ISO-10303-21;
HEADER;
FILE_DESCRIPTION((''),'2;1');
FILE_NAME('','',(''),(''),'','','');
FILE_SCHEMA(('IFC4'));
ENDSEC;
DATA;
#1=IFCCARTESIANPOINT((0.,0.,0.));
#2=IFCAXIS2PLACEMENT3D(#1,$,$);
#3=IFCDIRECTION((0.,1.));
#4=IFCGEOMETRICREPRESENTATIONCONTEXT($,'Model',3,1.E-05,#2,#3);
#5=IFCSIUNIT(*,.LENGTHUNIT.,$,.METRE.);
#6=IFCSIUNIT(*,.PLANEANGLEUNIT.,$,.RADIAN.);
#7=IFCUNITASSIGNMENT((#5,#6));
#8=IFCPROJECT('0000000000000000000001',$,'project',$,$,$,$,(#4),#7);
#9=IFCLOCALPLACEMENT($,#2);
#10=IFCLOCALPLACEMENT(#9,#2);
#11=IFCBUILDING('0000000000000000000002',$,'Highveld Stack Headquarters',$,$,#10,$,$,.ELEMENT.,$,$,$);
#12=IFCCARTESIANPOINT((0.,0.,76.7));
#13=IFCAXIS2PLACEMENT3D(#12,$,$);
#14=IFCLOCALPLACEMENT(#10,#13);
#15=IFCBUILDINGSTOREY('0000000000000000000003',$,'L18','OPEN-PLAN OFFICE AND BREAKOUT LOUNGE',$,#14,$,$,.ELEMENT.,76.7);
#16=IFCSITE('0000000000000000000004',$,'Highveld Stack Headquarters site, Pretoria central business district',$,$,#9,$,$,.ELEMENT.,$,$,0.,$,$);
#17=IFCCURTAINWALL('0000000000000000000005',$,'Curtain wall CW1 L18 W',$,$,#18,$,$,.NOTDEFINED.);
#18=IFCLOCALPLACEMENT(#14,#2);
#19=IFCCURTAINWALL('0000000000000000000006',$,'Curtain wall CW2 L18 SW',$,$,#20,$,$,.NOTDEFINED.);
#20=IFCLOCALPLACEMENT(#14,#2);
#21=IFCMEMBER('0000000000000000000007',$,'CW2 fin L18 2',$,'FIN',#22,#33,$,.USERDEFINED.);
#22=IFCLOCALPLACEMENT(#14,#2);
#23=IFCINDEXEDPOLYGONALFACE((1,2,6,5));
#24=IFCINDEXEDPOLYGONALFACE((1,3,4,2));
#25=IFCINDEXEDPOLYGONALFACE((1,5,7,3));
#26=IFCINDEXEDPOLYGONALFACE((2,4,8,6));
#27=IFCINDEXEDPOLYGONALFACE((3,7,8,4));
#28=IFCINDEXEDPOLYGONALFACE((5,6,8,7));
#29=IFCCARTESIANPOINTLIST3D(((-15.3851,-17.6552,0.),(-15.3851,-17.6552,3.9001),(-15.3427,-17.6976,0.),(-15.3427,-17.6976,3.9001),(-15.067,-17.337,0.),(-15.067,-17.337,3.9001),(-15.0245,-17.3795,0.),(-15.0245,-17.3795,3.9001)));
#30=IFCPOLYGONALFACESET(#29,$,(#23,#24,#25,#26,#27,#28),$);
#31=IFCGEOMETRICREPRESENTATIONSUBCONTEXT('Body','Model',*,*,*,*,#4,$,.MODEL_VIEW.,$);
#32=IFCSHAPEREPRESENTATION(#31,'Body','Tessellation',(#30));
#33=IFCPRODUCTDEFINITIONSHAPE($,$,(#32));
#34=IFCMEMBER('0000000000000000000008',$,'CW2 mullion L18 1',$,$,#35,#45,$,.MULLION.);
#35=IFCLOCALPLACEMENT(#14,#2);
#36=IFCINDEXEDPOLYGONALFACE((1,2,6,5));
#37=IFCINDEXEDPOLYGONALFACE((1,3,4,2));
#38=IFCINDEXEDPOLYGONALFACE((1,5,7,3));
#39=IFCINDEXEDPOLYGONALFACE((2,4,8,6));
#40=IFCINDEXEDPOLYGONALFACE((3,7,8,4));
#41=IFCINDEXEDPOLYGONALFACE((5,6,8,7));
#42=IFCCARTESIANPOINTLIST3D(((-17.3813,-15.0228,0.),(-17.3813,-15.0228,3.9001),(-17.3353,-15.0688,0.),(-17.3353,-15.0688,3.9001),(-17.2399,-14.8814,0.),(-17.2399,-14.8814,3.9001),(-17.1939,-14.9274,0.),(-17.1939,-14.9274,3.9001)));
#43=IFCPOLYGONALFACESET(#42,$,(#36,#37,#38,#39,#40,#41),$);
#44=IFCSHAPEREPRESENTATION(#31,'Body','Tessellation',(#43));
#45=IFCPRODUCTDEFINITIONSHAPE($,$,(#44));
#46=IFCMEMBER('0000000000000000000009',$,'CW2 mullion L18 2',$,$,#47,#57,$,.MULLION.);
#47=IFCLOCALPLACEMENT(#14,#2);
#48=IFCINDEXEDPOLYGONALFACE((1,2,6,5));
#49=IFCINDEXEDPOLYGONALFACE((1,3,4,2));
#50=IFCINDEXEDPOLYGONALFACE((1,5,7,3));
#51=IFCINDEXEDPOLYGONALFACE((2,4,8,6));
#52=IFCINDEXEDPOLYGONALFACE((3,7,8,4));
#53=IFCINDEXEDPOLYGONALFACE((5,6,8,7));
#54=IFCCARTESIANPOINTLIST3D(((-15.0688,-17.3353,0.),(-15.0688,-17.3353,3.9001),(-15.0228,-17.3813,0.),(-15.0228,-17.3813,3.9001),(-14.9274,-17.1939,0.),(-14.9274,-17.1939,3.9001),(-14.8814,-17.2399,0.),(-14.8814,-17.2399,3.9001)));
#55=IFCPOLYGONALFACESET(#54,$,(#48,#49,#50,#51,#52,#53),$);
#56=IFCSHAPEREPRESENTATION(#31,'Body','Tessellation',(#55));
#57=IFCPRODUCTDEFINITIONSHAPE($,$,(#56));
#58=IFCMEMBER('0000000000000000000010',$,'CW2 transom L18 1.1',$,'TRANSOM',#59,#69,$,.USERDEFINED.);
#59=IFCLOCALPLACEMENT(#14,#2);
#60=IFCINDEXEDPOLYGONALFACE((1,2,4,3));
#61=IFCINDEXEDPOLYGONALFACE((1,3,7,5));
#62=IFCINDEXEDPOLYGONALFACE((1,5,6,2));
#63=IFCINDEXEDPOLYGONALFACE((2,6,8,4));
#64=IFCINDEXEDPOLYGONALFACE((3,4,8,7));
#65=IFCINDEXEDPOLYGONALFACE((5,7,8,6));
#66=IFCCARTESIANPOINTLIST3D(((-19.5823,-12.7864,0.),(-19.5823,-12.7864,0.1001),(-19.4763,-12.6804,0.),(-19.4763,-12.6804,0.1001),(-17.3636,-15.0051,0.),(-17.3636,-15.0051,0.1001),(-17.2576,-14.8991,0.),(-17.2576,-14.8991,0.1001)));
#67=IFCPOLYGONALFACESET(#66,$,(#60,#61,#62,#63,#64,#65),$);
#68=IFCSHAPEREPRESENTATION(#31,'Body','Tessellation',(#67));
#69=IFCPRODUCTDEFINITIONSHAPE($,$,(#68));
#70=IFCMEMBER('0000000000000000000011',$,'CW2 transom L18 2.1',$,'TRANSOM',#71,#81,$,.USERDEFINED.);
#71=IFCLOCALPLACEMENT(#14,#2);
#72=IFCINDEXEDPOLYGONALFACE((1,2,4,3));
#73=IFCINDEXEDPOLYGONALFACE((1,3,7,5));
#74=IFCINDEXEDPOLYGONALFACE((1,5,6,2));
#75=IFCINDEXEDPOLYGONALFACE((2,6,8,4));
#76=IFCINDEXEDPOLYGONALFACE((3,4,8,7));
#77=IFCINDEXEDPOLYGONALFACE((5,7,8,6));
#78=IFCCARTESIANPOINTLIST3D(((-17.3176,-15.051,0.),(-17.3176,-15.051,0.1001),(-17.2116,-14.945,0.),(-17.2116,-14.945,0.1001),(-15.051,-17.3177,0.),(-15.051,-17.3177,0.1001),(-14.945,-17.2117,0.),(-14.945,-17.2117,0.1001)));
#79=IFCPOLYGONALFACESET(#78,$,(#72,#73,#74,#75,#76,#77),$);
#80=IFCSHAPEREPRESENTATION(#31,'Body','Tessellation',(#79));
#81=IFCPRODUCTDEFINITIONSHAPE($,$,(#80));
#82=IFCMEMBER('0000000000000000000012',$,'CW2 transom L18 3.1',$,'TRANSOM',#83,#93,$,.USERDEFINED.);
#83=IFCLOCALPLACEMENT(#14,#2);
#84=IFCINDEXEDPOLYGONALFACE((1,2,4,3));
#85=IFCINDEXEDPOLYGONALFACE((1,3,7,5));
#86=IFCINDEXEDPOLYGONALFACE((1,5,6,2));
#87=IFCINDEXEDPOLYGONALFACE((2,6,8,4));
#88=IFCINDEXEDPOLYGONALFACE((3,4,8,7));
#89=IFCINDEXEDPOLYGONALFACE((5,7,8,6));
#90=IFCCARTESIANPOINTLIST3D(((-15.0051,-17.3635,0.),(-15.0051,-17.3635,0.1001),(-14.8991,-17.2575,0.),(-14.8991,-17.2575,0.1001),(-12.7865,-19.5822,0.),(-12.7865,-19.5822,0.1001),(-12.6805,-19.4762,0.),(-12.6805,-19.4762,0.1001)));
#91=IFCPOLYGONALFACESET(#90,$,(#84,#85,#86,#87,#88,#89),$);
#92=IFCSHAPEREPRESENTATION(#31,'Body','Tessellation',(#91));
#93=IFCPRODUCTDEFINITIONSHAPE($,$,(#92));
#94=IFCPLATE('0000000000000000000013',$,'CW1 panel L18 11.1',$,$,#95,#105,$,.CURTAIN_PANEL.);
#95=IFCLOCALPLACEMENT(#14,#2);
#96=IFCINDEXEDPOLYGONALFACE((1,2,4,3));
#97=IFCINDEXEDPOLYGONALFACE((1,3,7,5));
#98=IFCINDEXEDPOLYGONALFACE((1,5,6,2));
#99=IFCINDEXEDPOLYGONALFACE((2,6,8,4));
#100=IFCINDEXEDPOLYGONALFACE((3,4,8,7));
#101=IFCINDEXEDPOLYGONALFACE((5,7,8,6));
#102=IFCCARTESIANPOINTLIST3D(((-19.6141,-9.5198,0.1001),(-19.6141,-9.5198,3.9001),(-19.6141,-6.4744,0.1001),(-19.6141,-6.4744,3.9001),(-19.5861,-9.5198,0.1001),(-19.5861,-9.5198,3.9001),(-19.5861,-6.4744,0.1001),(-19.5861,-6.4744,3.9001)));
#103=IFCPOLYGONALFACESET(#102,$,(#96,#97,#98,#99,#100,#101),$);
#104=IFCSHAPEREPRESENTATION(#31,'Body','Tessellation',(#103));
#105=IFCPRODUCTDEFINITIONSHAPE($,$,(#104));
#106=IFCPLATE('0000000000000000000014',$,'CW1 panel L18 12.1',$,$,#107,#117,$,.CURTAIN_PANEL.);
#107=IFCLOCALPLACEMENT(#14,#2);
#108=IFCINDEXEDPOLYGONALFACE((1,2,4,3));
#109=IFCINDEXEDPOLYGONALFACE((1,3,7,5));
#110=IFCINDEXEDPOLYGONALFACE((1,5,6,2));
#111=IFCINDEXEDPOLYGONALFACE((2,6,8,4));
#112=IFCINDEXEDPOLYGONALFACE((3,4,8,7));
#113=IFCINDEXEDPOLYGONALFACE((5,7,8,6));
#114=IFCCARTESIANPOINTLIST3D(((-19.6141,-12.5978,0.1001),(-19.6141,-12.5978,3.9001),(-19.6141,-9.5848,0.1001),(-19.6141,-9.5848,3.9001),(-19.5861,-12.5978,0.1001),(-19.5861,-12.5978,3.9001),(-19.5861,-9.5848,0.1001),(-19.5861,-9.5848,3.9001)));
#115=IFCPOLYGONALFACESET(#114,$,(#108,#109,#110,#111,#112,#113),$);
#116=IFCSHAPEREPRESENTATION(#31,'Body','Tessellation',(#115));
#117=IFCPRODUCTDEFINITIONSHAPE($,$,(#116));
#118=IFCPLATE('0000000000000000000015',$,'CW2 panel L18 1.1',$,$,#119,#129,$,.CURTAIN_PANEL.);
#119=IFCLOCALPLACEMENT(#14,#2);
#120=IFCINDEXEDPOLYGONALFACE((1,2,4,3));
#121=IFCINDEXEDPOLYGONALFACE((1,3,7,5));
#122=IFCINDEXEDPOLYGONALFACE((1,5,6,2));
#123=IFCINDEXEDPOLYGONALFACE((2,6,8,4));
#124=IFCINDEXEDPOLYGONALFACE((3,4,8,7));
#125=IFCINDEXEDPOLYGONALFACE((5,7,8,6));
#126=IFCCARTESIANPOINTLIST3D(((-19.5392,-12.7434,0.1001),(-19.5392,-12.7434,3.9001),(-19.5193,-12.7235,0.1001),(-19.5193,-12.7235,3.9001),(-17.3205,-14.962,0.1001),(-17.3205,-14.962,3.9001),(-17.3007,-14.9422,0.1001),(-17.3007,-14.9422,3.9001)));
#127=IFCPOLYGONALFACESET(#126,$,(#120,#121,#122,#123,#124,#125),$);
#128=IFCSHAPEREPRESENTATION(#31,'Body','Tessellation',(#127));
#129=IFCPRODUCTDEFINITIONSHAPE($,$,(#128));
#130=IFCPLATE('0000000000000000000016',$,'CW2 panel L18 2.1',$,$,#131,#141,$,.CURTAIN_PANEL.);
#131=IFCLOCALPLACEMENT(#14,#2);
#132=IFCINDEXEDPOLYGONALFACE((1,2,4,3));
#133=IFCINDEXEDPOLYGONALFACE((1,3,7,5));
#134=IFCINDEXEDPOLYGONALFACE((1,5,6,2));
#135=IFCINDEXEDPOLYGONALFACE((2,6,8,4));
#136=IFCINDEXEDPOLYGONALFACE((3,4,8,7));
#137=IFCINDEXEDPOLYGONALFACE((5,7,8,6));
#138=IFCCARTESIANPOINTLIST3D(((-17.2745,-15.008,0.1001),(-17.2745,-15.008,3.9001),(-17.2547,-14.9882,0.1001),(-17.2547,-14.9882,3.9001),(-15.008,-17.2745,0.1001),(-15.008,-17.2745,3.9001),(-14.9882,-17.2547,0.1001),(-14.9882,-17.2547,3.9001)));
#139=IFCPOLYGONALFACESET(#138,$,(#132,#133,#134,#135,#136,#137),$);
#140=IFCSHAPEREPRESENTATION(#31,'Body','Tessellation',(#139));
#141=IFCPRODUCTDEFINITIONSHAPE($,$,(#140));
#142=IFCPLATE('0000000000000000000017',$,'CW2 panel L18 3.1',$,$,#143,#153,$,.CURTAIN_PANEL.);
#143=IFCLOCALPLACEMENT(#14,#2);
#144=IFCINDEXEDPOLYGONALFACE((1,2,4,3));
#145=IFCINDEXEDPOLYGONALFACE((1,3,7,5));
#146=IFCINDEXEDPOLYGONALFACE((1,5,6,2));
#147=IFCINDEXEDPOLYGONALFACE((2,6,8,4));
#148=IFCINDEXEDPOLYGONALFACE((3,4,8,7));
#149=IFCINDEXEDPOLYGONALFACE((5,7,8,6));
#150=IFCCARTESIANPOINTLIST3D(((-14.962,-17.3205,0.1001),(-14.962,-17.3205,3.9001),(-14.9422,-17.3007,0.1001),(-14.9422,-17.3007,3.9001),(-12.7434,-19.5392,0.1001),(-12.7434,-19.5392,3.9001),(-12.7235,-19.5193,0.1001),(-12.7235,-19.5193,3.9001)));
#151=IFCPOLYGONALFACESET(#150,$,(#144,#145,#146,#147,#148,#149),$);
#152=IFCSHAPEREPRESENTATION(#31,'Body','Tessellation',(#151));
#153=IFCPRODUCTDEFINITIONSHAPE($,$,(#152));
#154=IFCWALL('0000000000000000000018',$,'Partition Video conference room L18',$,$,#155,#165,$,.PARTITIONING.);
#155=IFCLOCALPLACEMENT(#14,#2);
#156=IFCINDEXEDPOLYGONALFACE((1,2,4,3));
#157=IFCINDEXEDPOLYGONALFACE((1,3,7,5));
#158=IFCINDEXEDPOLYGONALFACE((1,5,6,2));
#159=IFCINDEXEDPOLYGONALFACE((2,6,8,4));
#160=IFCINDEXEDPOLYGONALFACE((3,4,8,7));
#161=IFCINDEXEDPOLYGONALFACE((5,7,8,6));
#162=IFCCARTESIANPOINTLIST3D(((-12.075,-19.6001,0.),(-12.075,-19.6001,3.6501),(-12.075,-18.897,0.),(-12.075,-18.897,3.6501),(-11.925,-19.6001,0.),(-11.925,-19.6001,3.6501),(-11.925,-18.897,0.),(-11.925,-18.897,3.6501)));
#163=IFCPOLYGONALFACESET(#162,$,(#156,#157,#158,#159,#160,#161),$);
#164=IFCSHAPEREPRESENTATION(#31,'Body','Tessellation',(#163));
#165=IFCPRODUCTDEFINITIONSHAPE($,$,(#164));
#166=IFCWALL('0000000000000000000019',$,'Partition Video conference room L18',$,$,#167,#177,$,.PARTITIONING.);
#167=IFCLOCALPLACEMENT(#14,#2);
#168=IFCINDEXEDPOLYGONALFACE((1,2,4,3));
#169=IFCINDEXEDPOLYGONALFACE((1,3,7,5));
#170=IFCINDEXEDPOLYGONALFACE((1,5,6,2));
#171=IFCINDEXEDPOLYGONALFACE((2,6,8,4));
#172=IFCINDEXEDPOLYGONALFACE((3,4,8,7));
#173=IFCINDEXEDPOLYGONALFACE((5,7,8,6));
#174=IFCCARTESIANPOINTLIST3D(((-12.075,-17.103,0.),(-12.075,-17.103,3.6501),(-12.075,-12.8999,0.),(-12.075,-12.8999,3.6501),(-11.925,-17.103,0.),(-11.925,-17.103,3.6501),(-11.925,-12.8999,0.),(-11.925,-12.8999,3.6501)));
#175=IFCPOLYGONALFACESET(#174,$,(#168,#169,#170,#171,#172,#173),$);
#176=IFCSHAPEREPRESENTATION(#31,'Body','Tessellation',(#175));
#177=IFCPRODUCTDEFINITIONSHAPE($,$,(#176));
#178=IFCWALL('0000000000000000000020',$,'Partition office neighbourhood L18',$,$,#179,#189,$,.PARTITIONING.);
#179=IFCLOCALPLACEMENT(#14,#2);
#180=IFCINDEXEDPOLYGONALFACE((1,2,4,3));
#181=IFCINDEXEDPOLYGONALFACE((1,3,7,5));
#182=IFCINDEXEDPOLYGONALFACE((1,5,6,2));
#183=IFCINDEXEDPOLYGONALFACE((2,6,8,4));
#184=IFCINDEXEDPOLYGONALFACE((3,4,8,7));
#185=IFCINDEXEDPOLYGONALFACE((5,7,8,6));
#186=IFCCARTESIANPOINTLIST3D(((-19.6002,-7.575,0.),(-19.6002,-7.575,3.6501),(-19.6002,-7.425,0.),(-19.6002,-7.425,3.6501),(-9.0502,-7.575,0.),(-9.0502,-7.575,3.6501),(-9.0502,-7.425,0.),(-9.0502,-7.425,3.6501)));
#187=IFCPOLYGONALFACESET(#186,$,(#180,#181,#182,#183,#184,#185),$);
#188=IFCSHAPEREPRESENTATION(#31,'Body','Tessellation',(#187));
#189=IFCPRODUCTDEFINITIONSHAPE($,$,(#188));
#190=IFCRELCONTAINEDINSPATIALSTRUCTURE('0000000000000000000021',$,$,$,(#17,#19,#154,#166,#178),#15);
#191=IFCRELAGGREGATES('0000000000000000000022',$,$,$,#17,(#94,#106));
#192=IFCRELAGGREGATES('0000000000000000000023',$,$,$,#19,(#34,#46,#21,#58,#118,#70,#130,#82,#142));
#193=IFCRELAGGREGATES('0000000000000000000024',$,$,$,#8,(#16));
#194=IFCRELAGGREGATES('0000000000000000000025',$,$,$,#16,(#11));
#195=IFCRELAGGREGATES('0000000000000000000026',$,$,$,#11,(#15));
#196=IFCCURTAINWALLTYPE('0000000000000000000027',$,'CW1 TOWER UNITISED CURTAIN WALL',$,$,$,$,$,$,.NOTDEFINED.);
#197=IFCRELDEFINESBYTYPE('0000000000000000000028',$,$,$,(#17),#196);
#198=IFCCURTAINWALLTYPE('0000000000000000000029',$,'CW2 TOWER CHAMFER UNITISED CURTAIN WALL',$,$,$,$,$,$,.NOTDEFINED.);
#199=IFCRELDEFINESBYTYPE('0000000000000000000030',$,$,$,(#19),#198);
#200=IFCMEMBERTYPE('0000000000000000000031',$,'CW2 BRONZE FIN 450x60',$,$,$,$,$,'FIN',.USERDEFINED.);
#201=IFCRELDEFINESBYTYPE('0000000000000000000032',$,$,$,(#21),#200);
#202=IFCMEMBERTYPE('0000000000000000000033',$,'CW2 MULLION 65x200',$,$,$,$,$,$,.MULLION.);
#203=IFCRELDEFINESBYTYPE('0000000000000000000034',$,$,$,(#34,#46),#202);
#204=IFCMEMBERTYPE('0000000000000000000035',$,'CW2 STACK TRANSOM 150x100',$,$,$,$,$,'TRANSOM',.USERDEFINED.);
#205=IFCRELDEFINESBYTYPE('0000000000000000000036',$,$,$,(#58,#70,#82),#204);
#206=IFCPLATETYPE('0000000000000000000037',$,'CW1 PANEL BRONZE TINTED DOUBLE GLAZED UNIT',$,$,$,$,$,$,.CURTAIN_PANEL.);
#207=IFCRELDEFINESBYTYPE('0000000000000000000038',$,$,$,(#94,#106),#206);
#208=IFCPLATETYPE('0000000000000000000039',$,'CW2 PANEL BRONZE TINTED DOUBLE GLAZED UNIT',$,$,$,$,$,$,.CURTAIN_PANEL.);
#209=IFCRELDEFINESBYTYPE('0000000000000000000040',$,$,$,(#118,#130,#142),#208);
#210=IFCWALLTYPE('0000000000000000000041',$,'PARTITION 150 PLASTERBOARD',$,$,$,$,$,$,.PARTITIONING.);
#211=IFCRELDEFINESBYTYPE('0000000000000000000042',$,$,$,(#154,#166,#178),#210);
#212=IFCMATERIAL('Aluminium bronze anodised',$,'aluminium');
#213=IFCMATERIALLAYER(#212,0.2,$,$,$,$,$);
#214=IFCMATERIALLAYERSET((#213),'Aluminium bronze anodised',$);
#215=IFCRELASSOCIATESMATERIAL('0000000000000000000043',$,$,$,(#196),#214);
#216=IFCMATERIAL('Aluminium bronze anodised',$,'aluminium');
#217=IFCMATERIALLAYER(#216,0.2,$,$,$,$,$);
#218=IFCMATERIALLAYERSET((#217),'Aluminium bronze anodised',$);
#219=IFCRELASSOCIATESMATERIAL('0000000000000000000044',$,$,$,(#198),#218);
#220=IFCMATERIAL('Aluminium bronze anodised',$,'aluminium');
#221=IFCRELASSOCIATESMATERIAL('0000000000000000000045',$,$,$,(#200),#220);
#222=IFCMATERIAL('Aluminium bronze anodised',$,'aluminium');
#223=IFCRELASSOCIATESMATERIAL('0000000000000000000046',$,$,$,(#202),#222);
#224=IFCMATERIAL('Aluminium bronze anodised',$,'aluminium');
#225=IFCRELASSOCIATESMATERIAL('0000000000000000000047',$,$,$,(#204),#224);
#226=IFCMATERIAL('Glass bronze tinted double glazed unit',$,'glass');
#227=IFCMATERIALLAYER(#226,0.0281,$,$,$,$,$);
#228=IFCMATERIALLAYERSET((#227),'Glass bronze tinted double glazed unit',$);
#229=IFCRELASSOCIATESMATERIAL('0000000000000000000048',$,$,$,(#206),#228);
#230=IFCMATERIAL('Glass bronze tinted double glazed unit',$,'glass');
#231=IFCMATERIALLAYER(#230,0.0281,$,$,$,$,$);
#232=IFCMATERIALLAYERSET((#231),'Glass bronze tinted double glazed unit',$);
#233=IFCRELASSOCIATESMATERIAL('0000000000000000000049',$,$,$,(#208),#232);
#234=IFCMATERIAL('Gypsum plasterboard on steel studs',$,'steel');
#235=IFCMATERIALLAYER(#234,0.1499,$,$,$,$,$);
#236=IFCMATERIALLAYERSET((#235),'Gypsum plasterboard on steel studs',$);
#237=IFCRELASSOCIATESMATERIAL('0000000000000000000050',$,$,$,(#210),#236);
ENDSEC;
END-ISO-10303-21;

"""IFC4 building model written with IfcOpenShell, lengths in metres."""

from ifc_helpers import new_model, si_unit, direction, frame, frame_2d, origin, origin_2d, place, context, subcontext, project, spatial, rectangle, extrude, material, layer, layer_set, material_profile, profile_set, type_object, element, aggregate, save


model = new_model("IFC4")

# Units and contexts
model_context = context("Model", 3, precision=1e-05, world=origin(), true_north=direction((0.0, 1.0)))
body_context = subcontext(model_context, "Body", "Model", "MODEL_VIEW")
ifc_project = project(units=[si_unit("LENGTHUNIT", "METRE"), si_unit("PLANEANGLEUNIT", "RADIAN")], contexts=[model_context])

# Site, building, storey
site_placement = place(None, origin())
site = spatial("IfcSite", under=ifc_project, at=site_placement, Name="Highveld Stack Headquarters site, Pretoria central business district", CompositionType="ELEMENT", RefElevation=0.0)
building_placement = place(site_placement, origin())
building = spatial("IfcBuilding", under=site, at=building_placement, Name="Highveld Stack Headquarters", CompositionType="ELEMENT")
storey_placement = place(building_placement, frame((0.0, 0.0, 76.7)))
storey = spatial("IfcBuildingStorey", under=building, at=storey_placement, Name="L18", Description="OPEN-PLAN OFFICE AND BREAKOUT LOUNGE", CompositionType="ELEMENT", Elevation=76.7)

# Shared definitions
ifc_material_1 = material(Name="Aluminium bronze anodised", Category="aluminium")
ifc_layer_1 = layer(ifc_material_1, 0.2)
ifc_layer_set_1 = layer_set([ifc_layer_1], Name="Aluminium bronze anodised")
curtain_wall_type_1 = type_object("IfcCurtainWallType", Name="CW1 TOWER UNITISED CURTAIN WALL", PredefinedType="NOTDEFINED", material=ifc_layer_set_1)

# Curtain wall
curtain_wall_1_placement = place(storey_placement, origin())
curtain_wall_1 = element("IfcCurtainWall", 1, at=curtain_wall_1_placement, inside=storey, type_object=curtain_wall_type_1, Name="Curtain wall CW1 L18 W", PredefinedType="NOTDEFINED")

# Curtain wall, members
ifc_material_2 = material(Name="Aluminium bronze anodised", Category="aluminium")
ifc_layer_2 = layer(ifc_material_2, 0.2)
ifc_layer_set_2 = layer_set([ifc_layer_2], Name="Aluminium bronze anodised")
curtain_wall_type_2 = type_object("IfcCurtainWallType", Name="CW2 TOWER CHAMFER UNITISED CURTAIN WALL", PredefinedType="NOTDEFINED", material=ifc_layer_set_2)
curtain_wall_2_placement = place(storey_placement, origin())
curtain_wall_2 = element("IfcCurtainWall", 2, at=curtain_wall_2_placement, inside=storey, type_object=curtain_wall_type_2, Name="Curtain wall CW2 L18 SW", PredefinedType="NOTDEFINED")
ifc_material_3 = material(Name="Aluminium bronze anodised", Category="aluminium")
ifc_material_profile_1 = material_profile(ifc_material_3, rectangle(XDim=0.45, YDim=0.0601, at=origin_2d()), Name="FIN 450x60")
ifc_profile_set_1 = profile_set([ifc_material_profile_1], Name="Aluminium bronze anodised")
member_type_1 = type_object("IfcMemberType", Name="CW2 BRONZE FIN 450x60", ElementType="FIN", PredefinedType="USERDEFINED", material=ifc_profile_set_1)
member_1_placement = place(storey_placement, frame((-15.2048, -17.5173, 0.0), z_axis=(0.0, 0.0, 1.0), x_axis=(0.707107, 0.707107, 0.0)))
member_1 = element("IfcMember", 3, at=member_1_placement, type_object=member_type_1, Name="CW2 fin L18 2", ObjectType="FIN", PredefinedType="USERDEFINED", context=body_context, shape_type="SweptSolid", body=[
    extrude(rectangle(XDim=0.45, YDim=0.0601, at=origin_2d()), origin(), (0.0, 0.0, 1.0), 3.9001),
])
ifc_material_4 = material(Name="Aluminium bronze anodised", Category="aluminium")
ifc_material_profile_2 = material_profile(ifc_material_4, rectangle(XDim=0.2, YDim=0.0649, at=origin_2d()), Name="CW2 MULLION 65x200")
ifc_profile_set_2 = profile_set([ifc_material_profile_2], Name="Aluminium bronze anodised")
member_type_2 = type_object("IfcMemberType", Name="CW2 MULLION 65x200", PredefinedType="MULLION", material=ifc_profile_set_2)
member_2_placement = place(storey_placement, frame((-17.2876, -14.9751, 0.0), z_axis=(0.0, 0.0, 1.0), x_axis=(0.707107, 0.707107, 0.0)))
member_2 = element("IfcMember", 4, at=member_2_placement, type_object=member_type_2, Name="CW2 mullion L18 1", PredefinedType="MULLION", context=body_context, shape_type="SweptSolid", body=[
    extrude(rectangle(XDim=0.2, YDim=0.0649, at=origin_2d()), origin(), (0.0, 0.0, 1.0), 3.9001),
])
member_3_placement = place(storey_placement, frame((-14.9751, -17.2876, 0.0), z_axis=(0.0, 0.0, 1.0), x_axis=(0.707107, 0.707107, 0.0)))
member_3 = element("IfcMember", 5, at=member_3_placement, type_object=member_type_2, Name="CW2 mullion L18 2", PredefinedType="MULLION", context=body_context, shape_type="SweptSolid", body=[
    extrude(rectangle(XDim=0.2, YDim=0.0649, at=origin_2d()), origin(), (0.0, 0.0, 1.0), 3.9001),
])
ifc_material_5 = material(Name="Aluminium bronze anodised", Category="aluminium")
ifc_material_profile_3 = material_profile(ifc_material_5, rectangle(XDim=0.1499, YDim=0.1001, at=origin_2d()), Name="CW2 TRANSOM 150x100")
ifc_profile_set_3 = profile_set([ifc_material_profile_3], Name="Aluminium bronze anodised")
member_type_3 = type_object("IfcMemberType", Name="CW2 STACK TRANSOM 150x100", ElementType="TRANSOM", PredefinedType="USERDEFINED", material=ifc_profile_set_3)
member_4_placement = place(storey_placement, frame((-19.5293, -12.7334, 0.05), z_axis=(0.707107, -0.707107, 0.0), x_axis=(0.707107, 0.707107, 0.0)))
member_4 = element("IfcMember", 6, at=member_4_placement, type_object=member_type_3, Name="CW2 transom L18 1.1", ObjectType="TRANSOM", PredefinedType="USERDEFINED", context=body_context, shape_type="SweptSolid", body=[
    extrude(rectangle(XDim=0.1499, YDim=0.1001, at=origin_2d()), origin(), (0.0, 0.0, 1.0), 3.1377),
])
member_5_placement = place(storey_placement, frame((-17.2646, -14.998, 0.05), z_axis=(0.707107, -0.707107, 0.0), x_axis=(0.707107, 0.707107, 0.0)))
member_5 = element("IfcMember", 7, at=member_5_placement, type_object=member_type_3, Name="CW2 transom L18 2.1", ObjectType="TRANSOM", PredefinedType="USERDEFINED", context=body_context, shape_type="SweptSolid", body=[
    extrude(rectangle(XDim=0.1499, YDim=0.1001, at=origin_2d()), origin(), (0.0, 0.0, 1.0), 3.2056),
])
member_6_placement = place(storey_placement, frame((-14.9521, -17.3105, 0.05), z_axis=(0.707107, -0.707107, 0.0), x_axis=(0.707107, 0.707107, 0.0)))
member_6 = element("IfcMember", 8, at=member_6_placement, type_object=member_type_3, Name="CW2 transom L18 3.1", ObjectType="TRANSOM", PredefinedType="USERDEFINED", context=body_context, shape_type="SweptSolid", body=[
    extrude(rectangle(XDim=0.1499, YDim=0.1001, at=origin_2d()), origin(), (0.0, 0.0, 1.0), 3.1377),
])

# Plates
ifc_material_6 = material(Name="Glass bronze tinted double glazed unit", Category="glass")
ifc_layer_3 = layer(ifc_material_6, 0.0281)
ifc_layer_set_3 = layer_set([ifc_layer_3], Name="Glass bronze tinted double glazed unit")
plate_type_1 = type_object("IfcPlateType", Name="CW1 PANEL BRONZE TINTED DOUBLE GLAZED UNIT", PredefinedType="CURTAIN_PANEL", material=ifc_layer_set_3)
plate_1_placement = place(storey_placement, frame((-19.6001, -7.9971, 0.1001), z_axis=(0.0, 0.0, 1.0), x_axis=(0.0, -1.0, 0.0)))
plate_1 = element("IfcPlate", 9, at=plate_1_placement, type_object=plate_type_1, Name="CW1 panel L18 11.1", PredefinedType="CURTAIN_PANEL", context=body_context, shape_type="SweptSolid", body=[
    extrude(rectangle(XDim=3.0454, YDim=0.0281, at=origin_2d()), origin(), (0.0, 0.0, 1.0), 3.8),
])
plate_2_placement = place(storey_placement, frame((-19.6001, -11.0913, 0.1001), z_axis=(0.0, 0.0, 1.0), x_axis=(0.0, -1.0, 0.0)))
plate_2 = element("IfcPlate", 10, at=plate_2_placement, type_object=plate_type_1, Name="CW1 panel L18 12.1", PredefinedType="CURTAIN_PANEL", context=body_context, shape_type="SweptSolid", body=[
    extrude(rectangle(XDim=3.0129, YDim=0.0281, at=origin_2d()), origin(), (0.0, 0.0, 1.0), 3.8),
])
aggregate(curtain_wall_1, [plate_1, plate_2])
ifc_material_7 = material(Name="Glass bronze tinted double glazed unit", Category="glass")
ifc_layer_4 = layer(ifc_material_7, 0.0281)
ifc_layer_set_4 = layer_set([ifc_layer_4], Name="Glass bronze tinted double glazed unit")
plate_type_2 = type_object("IfcPlateType", Name="CW2 PANEL BRONZE TINTED DOUBLE GLAZED UNIT", PredefinedType="CURTAIN_PANEL", material=ifc_layer_set_4)
plate_3_placement = place(storey_placement, frame((-18.4199, -13.8428, 0.1001), z_axis=(0.0, 0.0, 1.0), x_axis=(0.707107, -0.707107, 0.0)))
plate_3 = element("IfcPlate", 11, at=plate_3_placement, type_object=plate_type_2, Name="CW2 panel L18 1.1", PredefinedType="CURTAIN_PANEL", context=body_context, shape_type="SweptSolid", body=[
    extrude(rectangle(XDim=3.1377, YDim=0.0281, at=origin_2d()), origin(), (0.0, 0.0, 1.0), 3.8),
])
plate_4_placement = place(storey_placement, frame((-16.1313, -16.1313, 0.1001), z_axis=(0.0, 0.0, 1.0), x_axis=(0.707107, -0.707107, 0.0)))
plate_4 = element("IfcPlate", 12, at=plate_4_placement, type_object=plate_type_2, Name="CW2 panel L18 2.1", PredefinedType="CURTAIN_PANEL", context=body_context, shape_type="SweptSolid", body=[
    extrude(rectangle(XDim=3.2053, YDim=0.0281, at=origin_2d()), origin(), (0.0, 0.0, 1.0), 3.8),
])
plate_5_placement = place(storey_placement, frame((-13.8428, -18.4199, 0.1001), z_axis=(0.0, 0.0, 1.0), x_axis=(0.707107, -0.707107, 0.0)))
plate_5 = element("IfcPlate", 13, at=plate_5_placement, type_object=plate_type_2, Name="CW2 panel L18 3.1", PredefinedType="CURTAIN_PANEL", context=body_context, shape_type="SweptSolid", body=[
    extrude(rectangle(XDim=3.1377, YDim=0.0281, at=origin_2d()), origin(), (0.0, 0.0, 1.0), 3.8),
])
aggregate(curtain_wall_2, [member_2, member_3, member_1, member_4, plate_3, member_5, plate_4, member_6, plate_5])

# Walls
ifc_material_8 = material(Name="Gypsum plasterboard on steel studs", Category="steel")
ifc_layer_5 = layer(ifc_material_8, 0.1499)
ifc_layer_set_5 = layer_set([ifc_layer_5], Name="Gypsum plasterboard on steel studs")
wall_type = type_object("IfcWallType", Name="PARTITION 150 PLASTERBOARD", PredefinedType="PARTITIONING", material=ifc_layer_set_5)
wall_1_placement = place(storey_placement, frame((-12.0, -19.6001, 0.0), z_axis=(0.0, 0.0, 1.0), x_axis=(0.0, 1.0, 0.0)))
element("IfcWall", 14, at=wall_1_placement, inside=storey, type_object=wall_type, Name="Partition Video conference room L18", PredefinedType="PARTITIONING", context=body_context, shape_type="SweptSolid", body=[
    extrude(rectangle(XDim=0.7031, YDim=0.1499, at=frame_2d((0.3516, 0.0))), origin(), (0.0, 0.0, 1.0), 3.6501),
])
wall_2_placement = place(storey_placement, frame((-12.0, -17.103, 0.0), z_axis=(0.0, 0.0, 1.0), x_axis=(0.0, 1.0, 0.0)))
element("IfcWall", 15, at=wall_2_placement, inside=storey, type_object=wall_type, Name="Partition Video conference room L18", PredefinedType="PARTITIONING", context=body_context, shape_type="SweptSolid", body=[
    extrude(rectangle(XDim=4.2031, YDim=0.1499, at=frame_2d((2.1016, 0.0))), origin(), (0.0, 0.0, 1.0), 3.6501),
])
wall_3_placement = place(storey_placement, frame((-19.6001, -7.5, 0.0), z_axis=(0.0, 0.0, 1.0), x_axis=(1.0, 0.0, 0.0)))
element("IfcWall", 16, at=wall_3_placement, inside=storey, type_object=wall_type, Name="Partition office neighbourhood L18", PredefinedType="PARTITIONING", context=body_context, shape_type="SweptSolid", body=[
    extrude(rectangle(XDim=10.55, YDim=0.1499, at=frame_2d((5.2749, 0.0))), origin(), (0.0, 0.0, 1.0), 3.6501),
])

save(model, "model.ifc")
